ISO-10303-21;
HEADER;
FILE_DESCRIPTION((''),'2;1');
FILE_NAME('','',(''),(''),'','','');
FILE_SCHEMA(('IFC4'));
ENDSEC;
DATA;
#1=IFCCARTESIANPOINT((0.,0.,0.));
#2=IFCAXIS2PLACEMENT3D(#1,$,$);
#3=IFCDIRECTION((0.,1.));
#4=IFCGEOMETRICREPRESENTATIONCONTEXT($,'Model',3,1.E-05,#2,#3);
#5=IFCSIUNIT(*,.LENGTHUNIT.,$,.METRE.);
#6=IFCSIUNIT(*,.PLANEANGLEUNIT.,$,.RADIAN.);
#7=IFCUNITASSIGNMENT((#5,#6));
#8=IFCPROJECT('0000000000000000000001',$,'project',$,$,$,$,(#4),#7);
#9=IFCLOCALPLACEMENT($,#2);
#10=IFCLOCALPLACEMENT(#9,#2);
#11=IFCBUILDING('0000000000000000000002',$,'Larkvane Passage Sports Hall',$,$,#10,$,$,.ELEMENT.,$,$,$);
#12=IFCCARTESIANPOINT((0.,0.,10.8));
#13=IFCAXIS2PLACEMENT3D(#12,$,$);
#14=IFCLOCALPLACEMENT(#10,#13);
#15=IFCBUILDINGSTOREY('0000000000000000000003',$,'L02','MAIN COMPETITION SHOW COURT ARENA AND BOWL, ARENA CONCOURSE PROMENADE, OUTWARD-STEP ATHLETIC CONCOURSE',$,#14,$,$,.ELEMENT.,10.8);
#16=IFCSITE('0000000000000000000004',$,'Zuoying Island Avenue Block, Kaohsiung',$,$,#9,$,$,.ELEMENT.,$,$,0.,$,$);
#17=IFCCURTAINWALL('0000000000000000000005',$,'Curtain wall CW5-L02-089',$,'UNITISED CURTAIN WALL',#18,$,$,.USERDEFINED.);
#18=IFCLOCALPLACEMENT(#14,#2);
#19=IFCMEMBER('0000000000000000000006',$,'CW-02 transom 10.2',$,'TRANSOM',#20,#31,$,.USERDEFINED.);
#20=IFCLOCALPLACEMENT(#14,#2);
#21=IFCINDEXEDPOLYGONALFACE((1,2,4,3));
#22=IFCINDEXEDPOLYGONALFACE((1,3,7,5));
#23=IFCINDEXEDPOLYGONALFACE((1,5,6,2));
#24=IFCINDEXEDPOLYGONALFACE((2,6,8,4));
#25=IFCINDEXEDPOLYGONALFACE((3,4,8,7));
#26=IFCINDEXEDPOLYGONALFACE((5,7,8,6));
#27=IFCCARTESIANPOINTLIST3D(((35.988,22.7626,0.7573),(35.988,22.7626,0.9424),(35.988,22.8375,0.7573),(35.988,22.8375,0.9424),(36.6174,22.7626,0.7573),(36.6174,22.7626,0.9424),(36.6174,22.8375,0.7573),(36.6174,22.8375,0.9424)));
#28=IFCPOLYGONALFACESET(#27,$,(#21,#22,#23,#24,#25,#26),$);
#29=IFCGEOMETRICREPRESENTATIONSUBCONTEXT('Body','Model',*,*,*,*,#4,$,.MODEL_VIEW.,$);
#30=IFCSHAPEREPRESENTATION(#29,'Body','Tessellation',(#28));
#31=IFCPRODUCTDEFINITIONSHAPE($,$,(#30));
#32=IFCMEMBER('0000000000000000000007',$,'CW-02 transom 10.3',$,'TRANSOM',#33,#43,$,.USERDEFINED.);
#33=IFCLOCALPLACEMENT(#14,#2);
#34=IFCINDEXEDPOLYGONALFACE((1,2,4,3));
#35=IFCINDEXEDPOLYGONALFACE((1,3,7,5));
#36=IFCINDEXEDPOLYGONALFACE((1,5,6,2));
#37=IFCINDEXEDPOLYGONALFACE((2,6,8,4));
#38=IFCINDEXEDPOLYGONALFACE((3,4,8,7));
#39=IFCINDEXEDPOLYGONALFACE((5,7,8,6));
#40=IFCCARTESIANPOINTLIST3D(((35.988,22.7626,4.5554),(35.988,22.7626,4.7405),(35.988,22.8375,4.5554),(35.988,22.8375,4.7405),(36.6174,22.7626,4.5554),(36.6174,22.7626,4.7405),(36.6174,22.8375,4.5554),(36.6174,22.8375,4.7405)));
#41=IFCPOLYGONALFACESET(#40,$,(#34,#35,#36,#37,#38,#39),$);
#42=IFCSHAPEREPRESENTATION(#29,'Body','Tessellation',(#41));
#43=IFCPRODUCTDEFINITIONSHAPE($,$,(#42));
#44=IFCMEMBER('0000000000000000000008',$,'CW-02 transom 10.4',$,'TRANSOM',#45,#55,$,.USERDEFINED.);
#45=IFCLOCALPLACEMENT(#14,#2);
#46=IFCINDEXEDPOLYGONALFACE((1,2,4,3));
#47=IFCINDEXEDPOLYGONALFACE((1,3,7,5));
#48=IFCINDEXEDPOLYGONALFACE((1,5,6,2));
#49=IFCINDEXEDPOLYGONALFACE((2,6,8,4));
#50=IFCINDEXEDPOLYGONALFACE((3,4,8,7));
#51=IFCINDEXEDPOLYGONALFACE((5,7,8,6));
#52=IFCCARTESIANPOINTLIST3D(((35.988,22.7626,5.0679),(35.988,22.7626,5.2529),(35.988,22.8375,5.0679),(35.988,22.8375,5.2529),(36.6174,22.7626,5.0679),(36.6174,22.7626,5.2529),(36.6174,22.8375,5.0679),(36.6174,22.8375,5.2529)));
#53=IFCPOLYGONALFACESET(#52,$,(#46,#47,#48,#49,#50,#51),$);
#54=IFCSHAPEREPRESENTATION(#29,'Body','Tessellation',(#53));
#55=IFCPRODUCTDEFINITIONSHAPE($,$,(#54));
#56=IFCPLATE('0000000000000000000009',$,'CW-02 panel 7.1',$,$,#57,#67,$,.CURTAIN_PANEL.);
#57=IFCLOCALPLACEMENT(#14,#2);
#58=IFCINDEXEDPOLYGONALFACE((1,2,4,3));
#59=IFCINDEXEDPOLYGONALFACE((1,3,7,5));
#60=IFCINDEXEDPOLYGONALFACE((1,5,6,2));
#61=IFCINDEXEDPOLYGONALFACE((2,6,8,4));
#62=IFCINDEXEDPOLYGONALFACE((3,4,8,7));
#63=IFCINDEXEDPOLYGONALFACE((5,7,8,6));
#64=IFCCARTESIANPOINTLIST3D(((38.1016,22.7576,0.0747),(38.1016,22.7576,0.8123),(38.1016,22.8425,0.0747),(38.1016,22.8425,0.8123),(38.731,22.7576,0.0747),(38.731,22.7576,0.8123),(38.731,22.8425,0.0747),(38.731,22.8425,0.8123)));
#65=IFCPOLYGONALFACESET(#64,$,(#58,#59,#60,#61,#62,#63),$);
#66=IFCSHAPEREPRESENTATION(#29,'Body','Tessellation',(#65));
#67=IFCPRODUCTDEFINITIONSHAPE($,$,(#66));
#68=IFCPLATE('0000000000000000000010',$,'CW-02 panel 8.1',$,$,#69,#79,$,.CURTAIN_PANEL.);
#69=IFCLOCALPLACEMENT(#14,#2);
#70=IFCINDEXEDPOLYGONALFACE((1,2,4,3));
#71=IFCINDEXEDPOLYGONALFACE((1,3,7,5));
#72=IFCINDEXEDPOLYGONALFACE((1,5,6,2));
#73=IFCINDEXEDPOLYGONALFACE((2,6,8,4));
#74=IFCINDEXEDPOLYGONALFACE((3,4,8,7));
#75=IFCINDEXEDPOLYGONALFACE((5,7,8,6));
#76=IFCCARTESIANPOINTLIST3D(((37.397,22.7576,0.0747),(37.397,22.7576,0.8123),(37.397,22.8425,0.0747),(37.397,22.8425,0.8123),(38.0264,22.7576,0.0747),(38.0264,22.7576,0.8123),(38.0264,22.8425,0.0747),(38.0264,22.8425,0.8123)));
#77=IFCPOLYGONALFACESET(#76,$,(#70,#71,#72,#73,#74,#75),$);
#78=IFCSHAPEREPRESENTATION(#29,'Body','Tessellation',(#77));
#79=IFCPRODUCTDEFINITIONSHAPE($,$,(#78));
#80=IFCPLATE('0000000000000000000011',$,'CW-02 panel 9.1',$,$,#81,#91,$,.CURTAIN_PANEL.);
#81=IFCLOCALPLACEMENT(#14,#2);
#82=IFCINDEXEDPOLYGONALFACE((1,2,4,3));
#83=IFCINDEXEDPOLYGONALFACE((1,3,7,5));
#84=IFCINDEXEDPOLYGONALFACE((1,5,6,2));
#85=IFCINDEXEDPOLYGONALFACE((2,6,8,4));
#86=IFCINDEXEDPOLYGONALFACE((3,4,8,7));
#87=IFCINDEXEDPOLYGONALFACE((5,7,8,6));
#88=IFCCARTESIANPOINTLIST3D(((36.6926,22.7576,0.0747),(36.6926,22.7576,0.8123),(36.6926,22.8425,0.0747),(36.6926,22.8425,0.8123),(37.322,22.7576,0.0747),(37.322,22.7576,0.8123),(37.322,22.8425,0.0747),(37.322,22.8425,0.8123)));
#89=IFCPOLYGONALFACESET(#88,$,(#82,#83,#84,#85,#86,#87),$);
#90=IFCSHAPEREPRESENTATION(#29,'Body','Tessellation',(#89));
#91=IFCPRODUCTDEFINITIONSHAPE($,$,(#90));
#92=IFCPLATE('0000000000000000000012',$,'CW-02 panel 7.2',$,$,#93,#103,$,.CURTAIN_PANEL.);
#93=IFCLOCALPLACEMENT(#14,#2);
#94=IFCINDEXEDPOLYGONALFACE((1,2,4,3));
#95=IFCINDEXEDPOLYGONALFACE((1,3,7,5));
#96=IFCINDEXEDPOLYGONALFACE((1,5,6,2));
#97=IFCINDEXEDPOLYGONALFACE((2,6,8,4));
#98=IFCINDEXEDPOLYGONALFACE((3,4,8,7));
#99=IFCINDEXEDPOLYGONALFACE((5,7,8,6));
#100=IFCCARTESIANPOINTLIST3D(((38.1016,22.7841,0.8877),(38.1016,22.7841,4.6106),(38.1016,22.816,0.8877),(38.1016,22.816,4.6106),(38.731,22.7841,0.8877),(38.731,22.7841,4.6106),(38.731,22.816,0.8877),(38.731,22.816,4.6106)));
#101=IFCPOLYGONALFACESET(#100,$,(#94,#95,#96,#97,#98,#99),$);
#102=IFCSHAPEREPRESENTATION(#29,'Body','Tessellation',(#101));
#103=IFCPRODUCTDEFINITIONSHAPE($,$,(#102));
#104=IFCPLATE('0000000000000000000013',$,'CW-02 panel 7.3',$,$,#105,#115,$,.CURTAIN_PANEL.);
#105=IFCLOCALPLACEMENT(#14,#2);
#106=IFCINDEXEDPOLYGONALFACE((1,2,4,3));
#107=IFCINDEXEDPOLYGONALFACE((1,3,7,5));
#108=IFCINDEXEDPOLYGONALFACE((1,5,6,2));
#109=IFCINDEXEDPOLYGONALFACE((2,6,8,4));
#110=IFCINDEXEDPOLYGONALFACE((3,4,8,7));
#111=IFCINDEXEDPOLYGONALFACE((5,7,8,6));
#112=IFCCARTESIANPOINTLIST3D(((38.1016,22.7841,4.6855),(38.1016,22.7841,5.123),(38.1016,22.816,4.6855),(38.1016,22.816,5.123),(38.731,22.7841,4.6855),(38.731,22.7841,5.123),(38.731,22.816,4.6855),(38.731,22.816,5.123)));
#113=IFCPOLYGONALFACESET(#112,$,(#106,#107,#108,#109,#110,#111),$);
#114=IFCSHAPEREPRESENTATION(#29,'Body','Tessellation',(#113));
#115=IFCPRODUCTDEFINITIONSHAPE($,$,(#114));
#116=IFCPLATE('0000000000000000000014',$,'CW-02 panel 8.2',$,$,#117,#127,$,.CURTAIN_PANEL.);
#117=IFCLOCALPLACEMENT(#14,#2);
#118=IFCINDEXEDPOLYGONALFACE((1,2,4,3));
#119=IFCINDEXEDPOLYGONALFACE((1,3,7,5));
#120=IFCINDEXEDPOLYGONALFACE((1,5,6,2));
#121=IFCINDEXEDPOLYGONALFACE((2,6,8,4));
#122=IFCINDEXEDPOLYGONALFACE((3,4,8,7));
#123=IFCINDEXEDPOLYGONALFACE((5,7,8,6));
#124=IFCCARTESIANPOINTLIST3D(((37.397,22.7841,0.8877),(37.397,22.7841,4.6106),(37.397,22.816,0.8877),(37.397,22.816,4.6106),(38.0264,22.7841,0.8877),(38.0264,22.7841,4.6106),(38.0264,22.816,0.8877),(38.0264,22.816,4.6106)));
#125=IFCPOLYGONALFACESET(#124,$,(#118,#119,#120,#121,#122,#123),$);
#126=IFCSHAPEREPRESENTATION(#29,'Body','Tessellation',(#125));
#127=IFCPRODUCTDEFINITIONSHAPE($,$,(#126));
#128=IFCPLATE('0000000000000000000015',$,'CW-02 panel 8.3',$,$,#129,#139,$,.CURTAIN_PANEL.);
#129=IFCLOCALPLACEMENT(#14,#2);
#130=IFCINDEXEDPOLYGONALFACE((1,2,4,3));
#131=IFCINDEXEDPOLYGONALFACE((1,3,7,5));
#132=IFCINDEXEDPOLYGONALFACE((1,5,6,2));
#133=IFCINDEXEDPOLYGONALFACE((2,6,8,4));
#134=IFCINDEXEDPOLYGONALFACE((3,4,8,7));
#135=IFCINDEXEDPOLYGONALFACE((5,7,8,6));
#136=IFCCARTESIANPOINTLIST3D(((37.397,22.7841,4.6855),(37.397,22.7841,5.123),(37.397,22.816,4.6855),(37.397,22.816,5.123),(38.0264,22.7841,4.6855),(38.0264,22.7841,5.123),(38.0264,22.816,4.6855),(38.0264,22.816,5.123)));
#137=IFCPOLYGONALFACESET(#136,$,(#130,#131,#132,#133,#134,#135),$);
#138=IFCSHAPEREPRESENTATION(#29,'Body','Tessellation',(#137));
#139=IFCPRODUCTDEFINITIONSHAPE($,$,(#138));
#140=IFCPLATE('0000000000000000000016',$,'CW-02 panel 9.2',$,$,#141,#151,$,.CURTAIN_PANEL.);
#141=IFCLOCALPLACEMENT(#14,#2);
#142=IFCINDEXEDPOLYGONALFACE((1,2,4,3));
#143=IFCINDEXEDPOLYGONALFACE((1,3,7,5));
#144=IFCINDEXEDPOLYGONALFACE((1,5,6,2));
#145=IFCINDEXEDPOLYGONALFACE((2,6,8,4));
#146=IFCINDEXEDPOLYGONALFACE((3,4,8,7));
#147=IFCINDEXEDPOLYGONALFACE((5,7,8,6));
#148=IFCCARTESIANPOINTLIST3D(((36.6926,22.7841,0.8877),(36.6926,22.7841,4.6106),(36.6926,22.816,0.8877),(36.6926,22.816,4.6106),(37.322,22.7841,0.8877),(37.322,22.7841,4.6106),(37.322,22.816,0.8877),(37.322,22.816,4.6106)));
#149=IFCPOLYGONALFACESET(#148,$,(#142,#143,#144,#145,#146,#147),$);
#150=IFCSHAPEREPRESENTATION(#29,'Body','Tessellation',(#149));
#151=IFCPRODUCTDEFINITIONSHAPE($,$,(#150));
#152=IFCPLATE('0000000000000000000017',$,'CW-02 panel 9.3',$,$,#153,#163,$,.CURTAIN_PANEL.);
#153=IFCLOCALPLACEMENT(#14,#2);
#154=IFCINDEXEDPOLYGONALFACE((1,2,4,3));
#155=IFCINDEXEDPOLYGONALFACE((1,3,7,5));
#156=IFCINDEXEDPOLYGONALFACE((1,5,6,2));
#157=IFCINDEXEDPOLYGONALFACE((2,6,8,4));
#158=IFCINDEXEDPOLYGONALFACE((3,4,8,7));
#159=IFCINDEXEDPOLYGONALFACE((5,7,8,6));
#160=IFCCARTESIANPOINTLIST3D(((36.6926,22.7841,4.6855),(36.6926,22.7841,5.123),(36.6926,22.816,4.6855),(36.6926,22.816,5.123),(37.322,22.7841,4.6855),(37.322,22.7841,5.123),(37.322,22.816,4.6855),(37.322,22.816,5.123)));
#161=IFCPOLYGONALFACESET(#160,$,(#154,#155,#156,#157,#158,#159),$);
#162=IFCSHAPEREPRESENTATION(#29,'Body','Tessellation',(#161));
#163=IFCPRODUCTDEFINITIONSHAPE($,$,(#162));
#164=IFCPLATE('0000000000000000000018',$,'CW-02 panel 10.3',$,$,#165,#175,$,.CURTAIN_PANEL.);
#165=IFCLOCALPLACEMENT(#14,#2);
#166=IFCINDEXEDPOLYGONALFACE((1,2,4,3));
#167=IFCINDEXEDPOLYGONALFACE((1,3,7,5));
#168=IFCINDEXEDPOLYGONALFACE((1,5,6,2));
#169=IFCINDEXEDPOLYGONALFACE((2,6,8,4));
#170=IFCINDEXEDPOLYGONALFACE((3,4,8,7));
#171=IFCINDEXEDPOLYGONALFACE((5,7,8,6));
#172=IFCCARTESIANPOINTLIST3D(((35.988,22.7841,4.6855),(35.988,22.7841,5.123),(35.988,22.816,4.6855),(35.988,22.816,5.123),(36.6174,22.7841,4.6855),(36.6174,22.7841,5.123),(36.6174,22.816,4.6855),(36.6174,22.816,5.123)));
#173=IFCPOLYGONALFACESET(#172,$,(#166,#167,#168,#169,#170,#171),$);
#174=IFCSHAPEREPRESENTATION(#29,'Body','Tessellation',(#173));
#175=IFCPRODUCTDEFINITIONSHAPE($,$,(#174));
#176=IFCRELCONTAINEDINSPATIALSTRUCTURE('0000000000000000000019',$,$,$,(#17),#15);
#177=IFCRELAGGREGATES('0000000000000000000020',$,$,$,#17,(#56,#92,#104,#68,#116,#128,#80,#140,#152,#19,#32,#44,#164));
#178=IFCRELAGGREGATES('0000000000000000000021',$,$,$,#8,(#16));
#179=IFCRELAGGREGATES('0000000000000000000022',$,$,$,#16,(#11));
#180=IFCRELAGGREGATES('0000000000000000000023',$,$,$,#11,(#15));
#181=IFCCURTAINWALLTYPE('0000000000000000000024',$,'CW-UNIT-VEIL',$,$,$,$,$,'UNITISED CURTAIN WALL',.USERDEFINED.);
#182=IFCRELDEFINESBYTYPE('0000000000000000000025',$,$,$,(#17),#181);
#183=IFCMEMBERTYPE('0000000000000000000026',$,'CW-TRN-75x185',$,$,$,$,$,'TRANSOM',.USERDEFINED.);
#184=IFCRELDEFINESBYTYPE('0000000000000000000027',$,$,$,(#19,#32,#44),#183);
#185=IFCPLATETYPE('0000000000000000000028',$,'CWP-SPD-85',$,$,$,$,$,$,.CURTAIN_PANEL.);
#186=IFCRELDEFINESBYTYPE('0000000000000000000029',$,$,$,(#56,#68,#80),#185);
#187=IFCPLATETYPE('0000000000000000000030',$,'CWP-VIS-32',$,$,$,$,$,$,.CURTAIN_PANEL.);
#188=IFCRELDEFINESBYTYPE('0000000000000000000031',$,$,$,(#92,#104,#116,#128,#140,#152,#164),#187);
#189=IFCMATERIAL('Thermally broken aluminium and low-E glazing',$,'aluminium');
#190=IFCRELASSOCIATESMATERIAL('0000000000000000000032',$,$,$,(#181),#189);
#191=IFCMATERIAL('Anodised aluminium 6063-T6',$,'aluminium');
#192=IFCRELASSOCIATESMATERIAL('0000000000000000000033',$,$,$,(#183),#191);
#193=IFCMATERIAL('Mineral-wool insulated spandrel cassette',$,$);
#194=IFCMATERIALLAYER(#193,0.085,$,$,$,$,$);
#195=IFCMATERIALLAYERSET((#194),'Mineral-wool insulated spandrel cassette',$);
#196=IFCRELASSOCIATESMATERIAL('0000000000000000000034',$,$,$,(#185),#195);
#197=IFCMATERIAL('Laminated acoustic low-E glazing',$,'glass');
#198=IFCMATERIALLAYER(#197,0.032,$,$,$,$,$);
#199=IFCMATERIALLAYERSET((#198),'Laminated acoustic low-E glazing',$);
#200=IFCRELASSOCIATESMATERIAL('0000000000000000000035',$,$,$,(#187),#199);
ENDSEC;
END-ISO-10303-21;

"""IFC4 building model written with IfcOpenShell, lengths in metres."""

from ifc_helpers import new_model, si_unit, direction, frame, origin, origin_2d, place, context, subcontext, project, spatial, rectangle, extrude, material, layer, layer_set, material_profile, profile_set, type_object, element, aggregate, save


model = new_model("IFC4")

# Units and contexts
model_context = context("Model", 3, precision=1e-05, world=origin(), true_north=direction((0.0, 1.0)))
body_context = subcontext(model_context, "Body", "Model", "MODEL_VIEW")
ifc_project = project(units=[si_unit("LENGTHUNIT", "METRE"), si_unit("PLANEANGLEUNIT", "RADIAN")], contexts=[model_context])

# Site, building, storey
site_placement = place(None, origin())
site = spatial("IfcSite", under=ifc_project, at=site_placement, Name="Zuoying Island Avenue Block, Kaohsiung", CompositionType="ELEMENT", RefElevation=0.0)
building_placement = place(site_placement, origin())
building = spatial("IfcBuilding", under=site, at=building_placement, Name="Larkvane Passage Sports Hall", CompositionType="ELEMENT")
storey_placement = place(building_placement, frame((0.0, 0.0, 10.8)))
storey = spatial("IfcBuildingStorey", under=building, at=storey_placement, Name="L02", Description="MAIN COMPETITION SHOW COURT ARENA AND BOWL, ARENA CONCOURSE PROMENADE, OUTWARD-STEP ATHLETIC CONCOURSE", CompositionType="ELEMENT", Elevation=10.8)

# Curtain wall, members, plates
ifc_material_1 = material(Name="Thermally broken aluminium and low-E glazing", Category="aluminium")
curtain_wall_type = type_object("IfcCurtainWallType", Name="CW-UNIT-VEIL", ElementType="UNITISED CURTAIN WALL", PredefinedType="USERDEFINED", material=ifc_material_1)
curtain_wall_placement = place(storey_placement, origin())
curtain_wall = element("IfcCurtainWall", 1, at=curtain_wall_placement, inside=storey, type_object=curtain_wall_type, Name="Curtain wall CW5-L02-089", ObjectType="UNITISED CURTAIN WALL", PredefinedType="USERDEFINED")
ifc_material_2 = material(Name="Anodised aluminium 6063-T6", Category="aluminium")
ifc_material_profile_1 = material_profile(ifc_material_2, rectangle(XDim=0.075, YDim=0.1851, at=origin_2d()), Name="ALU-TRN-75x185")
ifc_profile_set_1 = profile_set([ifc_material_profile_1], Name="Anodised aluminium 6063-T6")
member_type_1 = type_object("IfcMemberType", Name="CW-TRN-75x185", ElementType="TRANSOM", PredefinedType="USERDEFINED", material=ifc_profile_set_1)
member_1_placement = place(storey_placement, frame((36.6174, 22.8, 0.8499), z_axis=(-1.0, 0.0, 0.0), x_axis=(0.0, -1.0, 0.0)))
member_1 = element("IfcMember", 2, at=member_1_placement, type_object=member_type_1, Name="CW-02 transom 10.2", ObjectType="TRANSOM", PredefinedType="USERDEFINED", context=body_context, shape_type="SweptSolid", body=[
    extrude(rectangle(XDim=0.075, YDim=0.1851, at=origin_2d()), origin(), (0.0, 0.0, 1.0), 0.6294),
])
member_2_placement = place(storey_placement, frame((36.6174, 22.8, 4.6479), z_axis=(-1.0, 0.0, 0.0), x_axis=(0.0, -1.0, 0.0)))
member_2 = element("IfcMember", 3, at=member_2_placement, type_object=member_type_1, Name="CW-02 transom 10.3", ObjectType="TRANSOM", PredefinedType="USERDEFINED", context=body_context, shape_type="SweptSolid", body=[
    extrude(rectangle(XDim=0.075, YDim=0.1851, at=origin_2d()), origin(), (0.0, 0.0, 1.0), 0.6294),
])
member_3_placement = place(storey_placement, frame((36.6174, 22.8, 5.1604), z_axis=(-1.0, 0.0, 0.0), x_axis=(0.0, -1.0, 0.0)))
member_3 = element("IfcMember", 4, at=member_3_placement, type_object=member_type_1, Name="CW-02 transom 10.4", ObjectType="TRANSOM", PredefinedType="USERDEFINED", context=body_context, shape_type="SweptSolid", body=[
    extrude(rectangle(XDim=0.075, YDim=0.1851, at=origin_2d()), origin(), (0.0, 0.0, 1.0), 0.6294),
])
ifc_material_3 = material(Name="Mineral-wool insulated spandrel cassette")
ifc_layer_1 = layer(ifc_material_3, 0.085)
ifc_layer_set_1 = layer_set([ifc_layer_1], Name="Mineral-wool insulated spandrel cassette")
plate_type_1 = type_object("IfcPlateType", Name="CWP-SPD-85", PredefinedType="CURTAIN_PANEL", material=ifc_layer_set_1)
plate_1_placement = place(storey_placement, frame((38.4163, 22.8, 0.0747), z_axis=(0.0, 0.0, 1.0), x_axis=(-1.0, 0.0, 0.0)))
plate_1 = element("IfcPlate", 5, at=plate_1_placement, type_object=plate_type_1, Name="CW-02 panel 7.1", PredefinedType="CURTAIN_PANEL", context=body_context, shape_type="SweptSolid", body=[
    extrude(rectangle(XDim=0.6294, YDim=0.085, at=origin_2d()), origin(), (0.0, 0.0, 1.0), 0.7375),
])
plate_2_placement = place(storey_placement, frame((37.7117, 22.8, 0.0747), z_axis=(0.0, 0.0, 1.0), x_axis=(-1.0, 0.0, 0.0)))
plate_2 = element("IfcPlate", 6, at=plate_2_placement, type_object=plate_type_1, Name="CW-02 panel 8.1", PredefinedType="CURTAIN_PANEL", context=body_context, shape_type="SweptSolid", body=[
    extrude(rectangle(XDim=0.6294, YDim=0.085, at=origin_2d()), origin(), (0.0, 0.0, 1.0), 0.7375),
])
plate_3_placement = place(storey_placement, frame((37.0073, 22.8, 0.0747), z_axis=(0.0, 0.0, 1.0), x_axis=(-1.0, 0.0, 0.0)))
plate_3 = element("IfcPlate", 7, at=plate_3_placement, type_object=plate_type_1, Name="CW-02 panel 9.1", PredefinedType="CURTAIN_PANEL", context=body_context, shape_type="SweptSolid", body=[
    extrude(rectangle(XDim=0.6294, YDim=0.085, at=origin_2d()), origin(), (0.0, 0.0, 1.0), 0.7375),
])
ifc_material_4 = material(Name="Laminated acoustic low-E glazing", Category="glass")
ifc_layer_2 = layer(ifc_material_4, 0.032)
ifc_layer_set_2 = layer_set([ifc_layer_2], Name="Laminated acoustic low-E glazing")
plate_type_2 = type_object("IfcPlateType", Name="CWP-VIS-32", PredefinedType="CURTAIN_PANEL", material=ifc_layer_set_2)
plate_4_placement = place(storey_placement, frame((38.4163, 22.8, 0.8877), z_axis=(0.0, 0.0, 1.0), x_axis=(-1.0, 0.0, 0.0)))
plate_4 = element("IfcPlate", 8, at=plate_4_placement, type_object=plate_type_2, Name="CW-02 panel 7.2", PredefinedType="CURTAIN_PANEL", context=body_context, shape_type="SweptSolid", body=[
    extrude(rectangle(XDim=0.6294, YDim=0.032, at=origin_2d()), origin(), (0.0, 0.0, 1.0), 3.7229),
])
plate_5_placement = place(storey_placement, frame((38.4163, 22.8, 4.6855), z_axis=(0.0, 0.0, 1.0), x_axis=(-1.0, 0.0, 0.0)))
plate_5 = element("IfcPlate", 9, at=plate_5_placement, type_object=plate_type_2, Name="CW-02 panel 7.3", PredefinedType="CURTAIN_PANEL", context=body_context, shape_type="SweptSolid", body=[
    extrude(rectangle(XDim=0.6294, YDim=0.032, at=origin_2d()), origin(), (0.0, 0.0, 1.0), 0.4375),
])
plate_6_placement = place(storey_placement, frame((37.7117, 22.8, 0.8877), z_axis=(0.0, 0.0, 1.0), x_axis=(-1.0, 0.0, 0.0)))
plate_6 = element("IfcPlate", 10, at=plate_6_placement, type_object=plate_type_2, Name="CW-02 panel 8.2", PredefinedType="CURTAIN_PANEL", context=body_context, shape_type="SweptSolid", body=[
    extrude(rectangle(XDim=0.6294, YDim=0.032, at=origin_2d()), origin(), (0.0, 0.0, 1.0), 3.7229),
])
plate_7_placement = place(storey_placement, frame((37.7117, 22.8, 4.6855), z_axis=(0.0, 0.0, 1.0), x_axis=(-1.0, 0.0, 0.0)))
plate_7 = element("IfcPlate", 11, at=plate_7_placement, type_object=plate_type_2, Name="CW-02 panel 8.3", PredefinedType="CURTAIN_PANEL", context=body_context, shape_type="SweptSolid", body=[
    extrude(rectangle(XDim=0.6294, YDim=0.032, at=origin_2d()), origin(), (0.0, 0.0, 1.0), 0.4375),
])
plate_8_placement = place(storey_placement, frame((37.0073, 22.8, 0.8877), z_axis=(0.0, 0.0, 1.0), x_axis=(-1.0, 0.0, 0.0)))
plate_8 = element("IfcPlate", 12, at=plate_8_placement, type_object=plate_type_2, Name="CW-02 panel 9.2", PredefinedType="CURTAIN_PANEL", context=body_context, shape_type="SweptSolid", body=[
    extrude(rectangle(XDim=0.6294, YDim=0.032, at=origin_2d()), origin(), (0.0, 0.0, 1.0), 3.7229),
])
plate_9_placement = place(storey_placement, frame((37.0073, 22.8, 4.6855), z_axis=(0.0, 0.0, 1.0), x_axis=(-1.0, 0.0, 0.0)))
plate_9 = element("IfcPlate", 13, at=plate_9_placement, type_object=plate_type_2, Name="CW-02 panel 9.3", PredefinedType="CURTAIN_PANEL", context=body_context, shape_type="SweptSolid", body=[
    extrude(rectangle(XDim=0.6294, YDim=0.032, at=origin_2d()), origin(), (0.0, 0.0, 1.0), 0.4375),
])
plate_10_placement = place(storey_placement, frame((36.3027, 22.8, 4.6855), z_axis=(0.0, 0.0, 1.0), x_axis=(-1.0, 0.0, 0.0)))
plate_10 = element("IfcPlate", 14, at=plate_10_placement, type_object=plate_type_2, Name="CW-02 panel 10.3", PredefinedType="CURTAIN_PANEL", context=body_context, shape_type="SweptSolid", body=[
    extrude(rectangle(XDim=0.6294, YDim=0.032, at=origin_2d()), origin(), (0.0, 0.0, 1.0), 0.4375),
])
aggregate(curtain_wall, [plate_1, plate_4, plate_5, plate_2, plate_6, plate_7, plate_3, plate_8, plate_9, member_1, member_2, member_3, plate_10])

save(model, "model.ifc")
